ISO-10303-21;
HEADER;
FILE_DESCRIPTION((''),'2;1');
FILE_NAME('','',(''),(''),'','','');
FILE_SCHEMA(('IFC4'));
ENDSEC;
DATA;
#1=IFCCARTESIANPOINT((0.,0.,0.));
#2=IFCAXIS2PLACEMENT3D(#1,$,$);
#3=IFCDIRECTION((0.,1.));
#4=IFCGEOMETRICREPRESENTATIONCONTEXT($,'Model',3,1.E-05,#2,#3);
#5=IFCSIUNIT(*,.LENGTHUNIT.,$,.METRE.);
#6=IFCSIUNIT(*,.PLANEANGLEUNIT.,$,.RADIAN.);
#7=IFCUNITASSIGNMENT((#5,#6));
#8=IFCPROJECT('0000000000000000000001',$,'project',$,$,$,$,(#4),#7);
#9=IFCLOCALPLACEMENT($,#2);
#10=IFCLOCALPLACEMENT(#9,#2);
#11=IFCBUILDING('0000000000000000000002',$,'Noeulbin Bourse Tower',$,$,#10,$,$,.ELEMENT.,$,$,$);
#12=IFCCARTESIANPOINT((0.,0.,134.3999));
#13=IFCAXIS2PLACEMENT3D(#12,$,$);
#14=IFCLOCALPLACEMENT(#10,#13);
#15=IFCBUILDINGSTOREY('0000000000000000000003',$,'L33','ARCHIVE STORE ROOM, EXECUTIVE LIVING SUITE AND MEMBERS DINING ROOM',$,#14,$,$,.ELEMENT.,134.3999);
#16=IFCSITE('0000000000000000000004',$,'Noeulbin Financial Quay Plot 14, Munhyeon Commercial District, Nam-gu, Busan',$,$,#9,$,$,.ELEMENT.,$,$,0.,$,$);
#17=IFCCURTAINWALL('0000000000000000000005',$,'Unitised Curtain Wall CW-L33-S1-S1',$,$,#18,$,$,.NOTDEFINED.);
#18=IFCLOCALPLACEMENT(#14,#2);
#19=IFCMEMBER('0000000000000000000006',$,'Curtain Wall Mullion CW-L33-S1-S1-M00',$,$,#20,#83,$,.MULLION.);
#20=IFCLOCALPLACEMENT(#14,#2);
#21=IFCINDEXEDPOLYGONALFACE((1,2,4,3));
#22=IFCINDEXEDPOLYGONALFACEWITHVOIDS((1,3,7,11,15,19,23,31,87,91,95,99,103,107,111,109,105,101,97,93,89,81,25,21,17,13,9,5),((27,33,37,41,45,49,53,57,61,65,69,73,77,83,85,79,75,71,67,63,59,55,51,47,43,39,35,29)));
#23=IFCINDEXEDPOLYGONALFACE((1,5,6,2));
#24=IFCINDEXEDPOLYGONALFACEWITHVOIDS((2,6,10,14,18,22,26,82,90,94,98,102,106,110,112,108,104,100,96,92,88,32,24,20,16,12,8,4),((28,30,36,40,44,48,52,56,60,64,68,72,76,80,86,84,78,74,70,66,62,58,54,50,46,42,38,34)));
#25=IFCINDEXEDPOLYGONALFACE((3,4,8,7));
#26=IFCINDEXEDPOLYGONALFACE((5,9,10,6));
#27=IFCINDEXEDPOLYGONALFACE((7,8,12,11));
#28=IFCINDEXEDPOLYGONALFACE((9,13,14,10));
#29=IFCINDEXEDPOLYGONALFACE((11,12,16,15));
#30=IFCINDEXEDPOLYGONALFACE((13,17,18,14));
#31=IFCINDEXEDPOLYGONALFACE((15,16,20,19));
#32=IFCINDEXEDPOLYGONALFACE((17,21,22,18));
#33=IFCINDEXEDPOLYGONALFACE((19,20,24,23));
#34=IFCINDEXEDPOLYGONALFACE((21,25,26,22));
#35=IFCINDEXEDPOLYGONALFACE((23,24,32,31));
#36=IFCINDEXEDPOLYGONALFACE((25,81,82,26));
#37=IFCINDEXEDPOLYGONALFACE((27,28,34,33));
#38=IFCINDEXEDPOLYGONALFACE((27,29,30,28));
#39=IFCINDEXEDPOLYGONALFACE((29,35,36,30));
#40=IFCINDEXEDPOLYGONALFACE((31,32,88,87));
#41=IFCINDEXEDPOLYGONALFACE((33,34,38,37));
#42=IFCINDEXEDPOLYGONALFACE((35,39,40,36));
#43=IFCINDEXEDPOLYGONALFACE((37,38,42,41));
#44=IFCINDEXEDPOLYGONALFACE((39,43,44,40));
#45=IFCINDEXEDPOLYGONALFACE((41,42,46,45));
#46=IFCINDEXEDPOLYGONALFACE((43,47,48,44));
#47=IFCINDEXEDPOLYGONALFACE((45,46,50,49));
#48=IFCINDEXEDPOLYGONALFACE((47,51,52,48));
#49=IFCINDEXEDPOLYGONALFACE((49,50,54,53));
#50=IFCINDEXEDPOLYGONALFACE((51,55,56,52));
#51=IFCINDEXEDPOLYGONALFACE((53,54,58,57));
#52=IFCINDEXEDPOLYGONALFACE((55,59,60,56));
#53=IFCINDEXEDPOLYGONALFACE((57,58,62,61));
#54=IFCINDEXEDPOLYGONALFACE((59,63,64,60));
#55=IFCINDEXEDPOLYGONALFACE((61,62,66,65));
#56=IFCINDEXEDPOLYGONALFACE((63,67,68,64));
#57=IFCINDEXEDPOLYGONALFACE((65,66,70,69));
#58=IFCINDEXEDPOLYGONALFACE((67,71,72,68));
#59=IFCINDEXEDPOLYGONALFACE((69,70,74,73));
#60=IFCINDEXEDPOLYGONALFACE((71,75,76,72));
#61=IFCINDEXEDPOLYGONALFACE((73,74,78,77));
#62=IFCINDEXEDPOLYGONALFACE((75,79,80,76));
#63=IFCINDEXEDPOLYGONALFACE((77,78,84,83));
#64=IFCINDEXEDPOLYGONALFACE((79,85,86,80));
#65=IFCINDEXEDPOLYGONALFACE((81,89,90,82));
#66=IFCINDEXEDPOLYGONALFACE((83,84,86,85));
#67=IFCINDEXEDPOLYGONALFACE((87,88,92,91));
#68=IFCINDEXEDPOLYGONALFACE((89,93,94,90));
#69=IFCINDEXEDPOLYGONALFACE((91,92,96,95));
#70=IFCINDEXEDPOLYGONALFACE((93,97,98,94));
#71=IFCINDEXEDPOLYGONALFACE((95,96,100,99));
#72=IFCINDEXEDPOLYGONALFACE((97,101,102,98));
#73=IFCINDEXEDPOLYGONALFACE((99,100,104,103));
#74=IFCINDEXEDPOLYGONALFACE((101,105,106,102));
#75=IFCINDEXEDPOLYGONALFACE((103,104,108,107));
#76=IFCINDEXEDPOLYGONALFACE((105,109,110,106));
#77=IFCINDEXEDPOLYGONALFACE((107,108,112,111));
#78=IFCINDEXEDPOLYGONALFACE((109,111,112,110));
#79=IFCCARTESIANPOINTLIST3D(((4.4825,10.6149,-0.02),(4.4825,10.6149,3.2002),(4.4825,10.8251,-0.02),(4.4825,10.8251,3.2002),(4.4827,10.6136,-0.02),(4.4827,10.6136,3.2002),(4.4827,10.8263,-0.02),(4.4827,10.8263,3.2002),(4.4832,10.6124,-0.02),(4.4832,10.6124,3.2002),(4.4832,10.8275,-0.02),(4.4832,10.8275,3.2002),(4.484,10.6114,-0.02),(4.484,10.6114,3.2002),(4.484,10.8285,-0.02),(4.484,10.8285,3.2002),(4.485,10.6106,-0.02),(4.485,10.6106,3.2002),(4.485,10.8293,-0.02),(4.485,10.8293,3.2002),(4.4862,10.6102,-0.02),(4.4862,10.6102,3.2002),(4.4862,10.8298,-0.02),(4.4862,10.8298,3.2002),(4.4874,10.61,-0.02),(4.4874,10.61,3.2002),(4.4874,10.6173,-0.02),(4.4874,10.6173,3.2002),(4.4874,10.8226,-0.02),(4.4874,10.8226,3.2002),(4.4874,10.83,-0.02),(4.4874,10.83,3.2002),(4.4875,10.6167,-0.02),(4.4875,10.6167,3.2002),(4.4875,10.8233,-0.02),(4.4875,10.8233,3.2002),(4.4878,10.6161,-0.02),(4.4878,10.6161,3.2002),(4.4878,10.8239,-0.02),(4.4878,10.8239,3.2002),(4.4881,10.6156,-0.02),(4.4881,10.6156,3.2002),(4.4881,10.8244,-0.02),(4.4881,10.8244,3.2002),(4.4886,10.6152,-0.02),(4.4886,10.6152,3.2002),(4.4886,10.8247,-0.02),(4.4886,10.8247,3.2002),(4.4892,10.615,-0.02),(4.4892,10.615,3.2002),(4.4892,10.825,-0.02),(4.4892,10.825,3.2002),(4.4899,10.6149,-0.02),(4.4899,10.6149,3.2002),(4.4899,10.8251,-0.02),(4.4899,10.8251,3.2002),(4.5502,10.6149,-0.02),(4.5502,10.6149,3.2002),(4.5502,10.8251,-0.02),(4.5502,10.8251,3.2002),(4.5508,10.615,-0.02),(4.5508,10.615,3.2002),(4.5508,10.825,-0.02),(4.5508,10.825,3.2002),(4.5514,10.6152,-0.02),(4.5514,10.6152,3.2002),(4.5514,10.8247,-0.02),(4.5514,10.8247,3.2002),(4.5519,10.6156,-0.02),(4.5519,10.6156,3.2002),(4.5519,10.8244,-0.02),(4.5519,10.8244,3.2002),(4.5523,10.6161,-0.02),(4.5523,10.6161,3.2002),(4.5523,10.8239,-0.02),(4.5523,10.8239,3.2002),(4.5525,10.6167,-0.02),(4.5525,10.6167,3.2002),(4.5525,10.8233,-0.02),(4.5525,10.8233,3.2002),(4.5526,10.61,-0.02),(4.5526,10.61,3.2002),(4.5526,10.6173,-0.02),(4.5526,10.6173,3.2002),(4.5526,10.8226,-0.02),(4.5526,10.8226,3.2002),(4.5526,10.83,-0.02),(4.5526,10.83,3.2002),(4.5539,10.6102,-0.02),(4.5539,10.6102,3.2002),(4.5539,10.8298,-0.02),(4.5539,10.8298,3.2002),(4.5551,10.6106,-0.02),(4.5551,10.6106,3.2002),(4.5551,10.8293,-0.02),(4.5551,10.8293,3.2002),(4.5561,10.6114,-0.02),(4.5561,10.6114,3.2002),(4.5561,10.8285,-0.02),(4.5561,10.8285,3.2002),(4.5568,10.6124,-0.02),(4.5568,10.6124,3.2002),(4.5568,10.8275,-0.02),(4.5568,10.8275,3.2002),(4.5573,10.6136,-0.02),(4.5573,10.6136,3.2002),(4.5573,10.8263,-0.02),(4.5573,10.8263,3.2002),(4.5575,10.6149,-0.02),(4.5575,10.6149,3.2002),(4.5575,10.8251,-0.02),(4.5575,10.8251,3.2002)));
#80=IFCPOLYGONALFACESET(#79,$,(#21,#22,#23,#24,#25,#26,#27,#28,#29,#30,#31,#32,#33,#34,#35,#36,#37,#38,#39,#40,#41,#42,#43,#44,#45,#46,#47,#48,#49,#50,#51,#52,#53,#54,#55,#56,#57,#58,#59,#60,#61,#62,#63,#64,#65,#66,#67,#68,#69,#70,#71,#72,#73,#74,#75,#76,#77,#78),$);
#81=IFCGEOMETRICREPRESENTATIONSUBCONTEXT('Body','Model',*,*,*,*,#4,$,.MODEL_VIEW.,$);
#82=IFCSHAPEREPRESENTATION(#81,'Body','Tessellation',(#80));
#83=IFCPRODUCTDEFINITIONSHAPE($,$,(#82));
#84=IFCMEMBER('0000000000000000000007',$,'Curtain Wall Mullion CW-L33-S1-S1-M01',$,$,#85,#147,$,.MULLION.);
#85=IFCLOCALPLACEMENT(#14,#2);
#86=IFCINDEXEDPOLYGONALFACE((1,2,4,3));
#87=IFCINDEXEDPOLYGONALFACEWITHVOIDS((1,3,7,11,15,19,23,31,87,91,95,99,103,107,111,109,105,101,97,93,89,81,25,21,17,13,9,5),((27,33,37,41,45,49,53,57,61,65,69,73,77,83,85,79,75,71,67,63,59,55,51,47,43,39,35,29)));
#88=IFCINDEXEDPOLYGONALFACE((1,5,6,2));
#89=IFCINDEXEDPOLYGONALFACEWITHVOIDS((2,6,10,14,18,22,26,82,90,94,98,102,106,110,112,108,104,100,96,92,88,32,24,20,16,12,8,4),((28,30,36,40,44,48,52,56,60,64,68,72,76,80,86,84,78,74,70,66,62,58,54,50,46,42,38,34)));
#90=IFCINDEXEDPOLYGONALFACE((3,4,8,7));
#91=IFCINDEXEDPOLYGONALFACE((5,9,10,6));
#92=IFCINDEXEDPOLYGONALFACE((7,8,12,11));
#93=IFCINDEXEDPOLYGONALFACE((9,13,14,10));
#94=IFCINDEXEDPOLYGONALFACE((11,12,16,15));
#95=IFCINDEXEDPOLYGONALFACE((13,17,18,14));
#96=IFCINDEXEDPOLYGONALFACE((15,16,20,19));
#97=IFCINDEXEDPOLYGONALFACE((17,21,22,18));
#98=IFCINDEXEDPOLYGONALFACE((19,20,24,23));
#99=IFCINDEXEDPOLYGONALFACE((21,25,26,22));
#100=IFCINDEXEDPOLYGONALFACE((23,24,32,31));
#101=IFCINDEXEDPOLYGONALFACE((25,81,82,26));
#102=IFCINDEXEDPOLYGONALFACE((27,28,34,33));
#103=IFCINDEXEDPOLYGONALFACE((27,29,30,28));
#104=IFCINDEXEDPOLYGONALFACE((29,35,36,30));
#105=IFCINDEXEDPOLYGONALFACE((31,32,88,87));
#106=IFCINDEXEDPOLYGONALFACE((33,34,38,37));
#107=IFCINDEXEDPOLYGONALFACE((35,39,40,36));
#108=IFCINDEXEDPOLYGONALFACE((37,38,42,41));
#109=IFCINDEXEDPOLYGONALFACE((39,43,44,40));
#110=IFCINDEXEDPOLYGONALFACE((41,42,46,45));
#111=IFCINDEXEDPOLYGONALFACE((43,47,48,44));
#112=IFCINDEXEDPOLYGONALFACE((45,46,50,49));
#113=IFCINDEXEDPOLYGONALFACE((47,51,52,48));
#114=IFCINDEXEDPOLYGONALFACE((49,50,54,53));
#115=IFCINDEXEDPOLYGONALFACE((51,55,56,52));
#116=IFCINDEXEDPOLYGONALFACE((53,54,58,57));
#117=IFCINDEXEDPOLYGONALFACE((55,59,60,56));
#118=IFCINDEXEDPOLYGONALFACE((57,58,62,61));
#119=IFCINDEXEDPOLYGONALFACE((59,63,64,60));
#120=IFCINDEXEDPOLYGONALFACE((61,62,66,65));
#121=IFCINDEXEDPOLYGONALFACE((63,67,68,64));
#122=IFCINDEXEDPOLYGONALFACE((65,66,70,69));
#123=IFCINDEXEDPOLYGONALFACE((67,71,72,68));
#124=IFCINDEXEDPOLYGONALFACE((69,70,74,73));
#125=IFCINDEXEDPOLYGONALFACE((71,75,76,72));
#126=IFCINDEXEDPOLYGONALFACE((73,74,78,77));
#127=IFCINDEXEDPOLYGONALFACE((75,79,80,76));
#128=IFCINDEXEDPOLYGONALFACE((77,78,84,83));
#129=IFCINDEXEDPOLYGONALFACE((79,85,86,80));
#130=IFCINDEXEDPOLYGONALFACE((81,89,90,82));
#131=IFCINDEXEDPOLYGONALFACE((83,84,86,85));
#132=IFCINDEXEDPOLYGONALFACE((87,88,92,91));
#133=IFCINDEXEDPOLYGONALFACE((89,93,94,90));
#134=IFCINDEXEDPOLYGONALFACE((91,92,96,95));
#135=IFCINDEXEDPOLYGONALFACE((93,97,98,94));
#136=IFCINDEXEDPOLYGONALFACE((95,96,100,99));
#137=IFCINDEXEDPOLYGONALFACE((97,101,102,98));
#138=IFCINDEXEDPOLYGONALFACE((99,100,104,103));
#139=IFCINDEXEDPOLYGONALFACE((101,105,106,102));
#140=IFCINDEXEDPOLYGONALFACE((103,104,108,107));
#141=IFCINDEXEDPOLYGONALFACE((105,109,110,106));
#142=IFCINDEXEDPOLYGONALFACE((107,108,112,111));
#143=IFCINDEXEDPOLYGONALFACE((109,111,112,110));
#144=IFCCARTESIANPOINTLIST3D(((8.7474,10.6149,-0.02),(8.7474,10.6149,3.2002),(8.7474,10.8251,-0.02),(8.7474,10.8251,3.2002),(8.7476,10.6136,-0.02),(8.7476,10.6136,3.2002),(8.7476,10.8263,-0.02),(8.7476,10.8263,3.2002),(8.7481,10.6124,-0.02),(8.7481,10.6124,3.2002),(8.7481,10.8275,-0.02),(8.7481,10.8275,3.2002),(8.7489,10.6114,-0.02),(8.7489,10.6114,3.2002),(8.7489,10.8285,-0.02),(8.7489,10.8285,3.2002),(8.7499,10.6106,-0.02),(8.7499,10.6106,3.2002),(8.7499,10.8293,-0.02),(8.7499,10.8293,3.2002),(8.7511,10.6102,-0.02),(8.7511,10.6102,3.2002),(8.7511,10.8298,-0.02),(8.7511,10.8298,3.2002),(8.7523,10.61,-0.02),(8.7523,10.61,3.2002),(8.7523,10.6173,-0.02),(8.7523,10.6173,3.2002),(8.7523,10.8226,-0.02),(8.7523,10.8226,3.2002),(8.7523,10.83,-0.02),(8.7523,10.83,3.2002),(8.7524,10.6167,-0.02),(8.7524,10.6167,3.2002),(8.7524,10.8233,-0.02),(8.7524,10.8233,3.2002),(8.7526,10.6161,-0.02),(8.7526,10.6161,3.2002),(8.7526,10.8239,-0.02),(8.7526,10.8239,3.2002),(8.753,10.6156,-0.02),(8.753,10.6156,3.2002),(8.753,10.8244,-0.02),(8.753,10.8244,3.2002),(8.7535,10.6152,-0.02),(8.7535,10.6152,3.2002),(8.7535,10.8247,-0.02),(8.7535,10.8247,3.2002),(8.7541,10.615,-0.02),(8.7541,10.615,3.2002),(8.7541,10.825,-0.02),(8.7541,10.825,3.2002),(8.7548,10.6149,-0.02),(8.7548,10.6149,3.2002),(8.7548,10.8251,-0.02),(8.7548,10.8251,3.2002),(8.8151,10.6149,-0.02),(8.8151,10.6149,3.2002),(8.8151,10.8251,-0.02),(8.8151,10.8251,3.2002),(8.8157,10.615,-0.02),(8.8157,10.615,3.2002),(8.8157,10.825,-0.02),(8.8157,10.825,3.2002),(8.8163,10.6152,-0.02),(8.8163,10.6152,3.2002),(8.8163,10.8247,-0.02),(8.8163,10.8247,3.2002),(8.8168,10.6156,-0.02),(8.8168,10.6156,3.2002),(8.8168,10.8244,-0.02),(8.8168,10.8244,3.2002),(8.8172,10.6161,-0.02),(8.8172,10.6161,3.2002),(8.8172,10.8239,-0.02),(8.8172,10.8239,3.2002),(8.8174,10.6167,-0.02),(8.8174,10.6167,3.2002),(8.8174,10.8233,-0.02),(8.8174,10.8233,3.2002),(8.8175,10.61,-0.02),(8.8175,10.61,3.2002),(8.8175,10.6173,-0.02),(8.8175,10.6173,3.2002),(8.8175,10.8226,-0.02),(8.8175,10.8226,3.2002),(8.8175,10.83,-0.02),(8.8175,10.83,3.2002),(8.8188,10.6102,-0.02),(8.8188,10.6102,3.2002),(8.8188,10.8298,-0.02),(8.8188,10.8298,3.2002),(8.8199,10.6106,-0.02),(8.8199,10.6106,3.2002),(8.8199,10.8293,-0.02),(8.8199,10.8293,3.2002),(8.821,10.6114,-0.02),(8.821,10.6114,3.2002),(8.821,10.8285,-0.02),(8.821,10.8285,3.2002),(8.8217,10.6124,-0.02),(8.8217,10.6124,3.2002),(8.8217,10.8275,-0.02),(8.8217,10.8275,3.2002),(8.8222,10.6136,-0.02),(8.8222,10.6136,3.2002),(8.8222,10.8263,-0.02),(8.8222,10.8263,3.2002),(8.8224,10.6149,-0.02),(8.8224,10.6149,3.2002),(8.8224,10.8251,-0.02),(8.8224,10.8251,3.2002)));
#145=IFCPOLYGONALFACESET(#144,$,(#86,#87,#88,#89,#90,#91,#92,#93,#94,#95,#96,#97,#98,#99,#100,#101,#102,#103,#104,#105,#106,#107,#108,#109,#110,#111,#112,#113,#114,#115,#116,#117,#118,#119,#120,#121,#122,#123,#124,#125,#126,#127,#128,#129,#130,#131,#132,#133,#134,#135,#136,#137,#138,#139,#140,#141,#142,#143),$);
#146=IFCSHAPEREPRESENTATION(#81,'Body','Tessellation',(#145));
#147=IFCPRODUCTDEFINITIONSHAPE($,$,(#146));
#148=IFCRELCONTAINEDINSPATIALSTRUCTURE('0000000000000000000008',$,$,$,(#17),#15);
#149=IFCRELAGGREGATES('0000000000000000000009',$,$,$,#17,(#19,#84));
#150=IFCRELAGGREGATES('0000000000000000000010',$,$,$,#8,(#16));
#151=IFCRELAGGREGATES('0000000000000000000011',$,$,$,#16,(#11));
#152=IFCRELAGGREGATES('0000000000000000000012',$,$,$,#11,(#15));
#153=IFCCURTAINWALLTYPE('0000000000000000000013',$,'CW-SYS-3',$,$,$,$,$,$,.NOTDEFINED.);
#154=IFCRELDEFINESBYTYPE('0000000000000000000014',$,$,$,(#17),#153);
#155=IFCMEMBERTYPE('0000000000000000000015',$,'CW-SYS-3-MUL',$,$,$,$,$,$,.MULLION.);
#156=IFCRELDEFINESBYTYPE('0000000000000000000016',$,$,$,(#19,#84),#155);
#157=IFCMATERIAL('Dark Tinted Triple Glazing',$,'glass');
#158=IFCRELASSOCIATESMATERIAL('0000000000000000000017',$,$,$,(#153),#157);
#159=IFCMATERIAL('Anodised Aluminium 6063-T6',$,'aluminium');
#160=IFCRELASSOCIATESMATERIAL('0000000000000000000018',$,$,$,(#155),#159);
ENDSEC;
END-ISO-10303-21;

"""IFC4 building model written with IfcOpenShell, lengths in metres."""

from ifc_helpers import new_model, si_unit, direction, frame, origin, origin_2d, place, context, subcontext, project, spatial, hollow_rectangle, extrude, material, material_profile, profile_set, type_object, element, aggregate, save


model = new_model("IFC4")

# Units and contexts
model_context = context("Model", 3, precision=1e-05, world=origin(), true_north=direction((0.0, 1.0)))
body_context = subcontext(model_context, "Body", "Model", "MODEL_VIEW")
ifc_project = project(units=[si_unit("LENGTHUNIT", "METRE"), si_unit("PLANEANGLEUNIT", "RADIAN")], contexts=[model_context])

# Site, building, storey
site_placement = place(None, origin())
site = spatial("IfcSite", under=ifc_project, at=site_placement, Name="Noeulbin Financial Quay Plot 14, Munhyeon Commercial District, Nam-gu, Busan", CompositionType="ELEMENT", RefElevation=0.0)
building_placement = place(site_placement, origin())
building = spatial("IfcBuilding", under=site, at=building_placement, Name="Noeulbin Bourse Tower", CompositionType="ELEMENT")
storey_placement = place(building_placement, frame((0.0, 0.0, 134.3999)))
storey = spatial("IfcBuildingStorey", under=building, at=storey_placement, Name="L33", Description="ARCHIVE STORE ROOM, EXECUTIVE LIVING SUITE AND MEMBERS DINING ROOM", CompositionType="ELEMENT", Elevation=134.3999)

# Curtain wall, members
ifc_material_1 = material(Name="Dark Tinted Triple Glazing", Category="glass")
curtain_wall_type = type_object("IfcCurtainWallType", Name="CW-SYS-3", PredefinedType="NOTDEFINED", material=ifc_material_1)
curtain_wall_1_placement = place(storey_placement, origin())
curtain_wall_1 = element("IfcCurtainWall", 1, at=curtain_wall_1_placement, inside=storey, type_object=curtain_wall_type, Name="Unitised Curtain Wall CW-L33-S1-S1", PredefinedType="NOTDEFINED")
ifc_material_2 = material(Name="Anodised Aluminium 6063-T6", Category="aluminium")
ifc_material_profile_1 = material_profile(ifc_material_2, hollow_rectangle(XDim=0.075, YDim=0.22, WallThickness=0.0049, InnerFilletRadius=0.0024, OuterFilletRadius=0.0049, at=origin_2d()), Name="ALU-MULL-75x220x5", Category="LoadBearing")
ifc_profile_set_1 = profile_set([ifc_material_profile_1], Name="Anodised Aluminium 6063-T6")
member_type_1 = type_object("IfcMemberType", Name="CW-SYS-3-MUL", PredefinedType="MULLION", material=ifc_profile_set_1)
member_1_placement = place(storey_placement, frame((4.52, 10.72, -0.02), z_axis=(0.0, 0.0, 1.0), x_axis=(1.0, 0.0, 0.0)))
member_1 = element("IfcMember", 2, at=member_1_placement, type_object=member_type_1, Name="Curtain Wall Mullion CW-L33-S1-S1-M00", PredefinedType="MULLION", context=body_context, shape_type="SweptSolid", body=[
    extrude(hollow_rectangle(XDim=0.075, YDim=0.22, WallThickness=0.0049, InnerFilletRadius=0.0024, OuterFilletRadius=0.0049, at=origin_2d()), origin(), (0.0, 0.0, 1.0), 3.2202),
])
member_2_placement = place(storey_placement, frame((8.7849, 10.72, -0.02), z_axis=(0.0, 0.0, 1.0), x_axis=(1.0, 0.0, 0.0)))
member_2 = element("IfcMember", 3, at=member_2_placement, type_object=member_type_1, Name="Curtain Wall Mullion CW-L33-S1-S1-M01", PredefinedType="MULLION", context=body_context, shape_type="SweptSolid", body=[
    extrude(hollow_rectangle(XDim=0.075, YDim=0.22, WallThickness=0.0049, InnerFilletRadius=0.0024, OuterFilletRadius=0.0049, at=origin_2d()), origin(), (0.0, 0.0, 1.0), 3.2202),
])

aggregate(curtain_wall_1, [member_1, member_2])

save(model, "model.ifc")
